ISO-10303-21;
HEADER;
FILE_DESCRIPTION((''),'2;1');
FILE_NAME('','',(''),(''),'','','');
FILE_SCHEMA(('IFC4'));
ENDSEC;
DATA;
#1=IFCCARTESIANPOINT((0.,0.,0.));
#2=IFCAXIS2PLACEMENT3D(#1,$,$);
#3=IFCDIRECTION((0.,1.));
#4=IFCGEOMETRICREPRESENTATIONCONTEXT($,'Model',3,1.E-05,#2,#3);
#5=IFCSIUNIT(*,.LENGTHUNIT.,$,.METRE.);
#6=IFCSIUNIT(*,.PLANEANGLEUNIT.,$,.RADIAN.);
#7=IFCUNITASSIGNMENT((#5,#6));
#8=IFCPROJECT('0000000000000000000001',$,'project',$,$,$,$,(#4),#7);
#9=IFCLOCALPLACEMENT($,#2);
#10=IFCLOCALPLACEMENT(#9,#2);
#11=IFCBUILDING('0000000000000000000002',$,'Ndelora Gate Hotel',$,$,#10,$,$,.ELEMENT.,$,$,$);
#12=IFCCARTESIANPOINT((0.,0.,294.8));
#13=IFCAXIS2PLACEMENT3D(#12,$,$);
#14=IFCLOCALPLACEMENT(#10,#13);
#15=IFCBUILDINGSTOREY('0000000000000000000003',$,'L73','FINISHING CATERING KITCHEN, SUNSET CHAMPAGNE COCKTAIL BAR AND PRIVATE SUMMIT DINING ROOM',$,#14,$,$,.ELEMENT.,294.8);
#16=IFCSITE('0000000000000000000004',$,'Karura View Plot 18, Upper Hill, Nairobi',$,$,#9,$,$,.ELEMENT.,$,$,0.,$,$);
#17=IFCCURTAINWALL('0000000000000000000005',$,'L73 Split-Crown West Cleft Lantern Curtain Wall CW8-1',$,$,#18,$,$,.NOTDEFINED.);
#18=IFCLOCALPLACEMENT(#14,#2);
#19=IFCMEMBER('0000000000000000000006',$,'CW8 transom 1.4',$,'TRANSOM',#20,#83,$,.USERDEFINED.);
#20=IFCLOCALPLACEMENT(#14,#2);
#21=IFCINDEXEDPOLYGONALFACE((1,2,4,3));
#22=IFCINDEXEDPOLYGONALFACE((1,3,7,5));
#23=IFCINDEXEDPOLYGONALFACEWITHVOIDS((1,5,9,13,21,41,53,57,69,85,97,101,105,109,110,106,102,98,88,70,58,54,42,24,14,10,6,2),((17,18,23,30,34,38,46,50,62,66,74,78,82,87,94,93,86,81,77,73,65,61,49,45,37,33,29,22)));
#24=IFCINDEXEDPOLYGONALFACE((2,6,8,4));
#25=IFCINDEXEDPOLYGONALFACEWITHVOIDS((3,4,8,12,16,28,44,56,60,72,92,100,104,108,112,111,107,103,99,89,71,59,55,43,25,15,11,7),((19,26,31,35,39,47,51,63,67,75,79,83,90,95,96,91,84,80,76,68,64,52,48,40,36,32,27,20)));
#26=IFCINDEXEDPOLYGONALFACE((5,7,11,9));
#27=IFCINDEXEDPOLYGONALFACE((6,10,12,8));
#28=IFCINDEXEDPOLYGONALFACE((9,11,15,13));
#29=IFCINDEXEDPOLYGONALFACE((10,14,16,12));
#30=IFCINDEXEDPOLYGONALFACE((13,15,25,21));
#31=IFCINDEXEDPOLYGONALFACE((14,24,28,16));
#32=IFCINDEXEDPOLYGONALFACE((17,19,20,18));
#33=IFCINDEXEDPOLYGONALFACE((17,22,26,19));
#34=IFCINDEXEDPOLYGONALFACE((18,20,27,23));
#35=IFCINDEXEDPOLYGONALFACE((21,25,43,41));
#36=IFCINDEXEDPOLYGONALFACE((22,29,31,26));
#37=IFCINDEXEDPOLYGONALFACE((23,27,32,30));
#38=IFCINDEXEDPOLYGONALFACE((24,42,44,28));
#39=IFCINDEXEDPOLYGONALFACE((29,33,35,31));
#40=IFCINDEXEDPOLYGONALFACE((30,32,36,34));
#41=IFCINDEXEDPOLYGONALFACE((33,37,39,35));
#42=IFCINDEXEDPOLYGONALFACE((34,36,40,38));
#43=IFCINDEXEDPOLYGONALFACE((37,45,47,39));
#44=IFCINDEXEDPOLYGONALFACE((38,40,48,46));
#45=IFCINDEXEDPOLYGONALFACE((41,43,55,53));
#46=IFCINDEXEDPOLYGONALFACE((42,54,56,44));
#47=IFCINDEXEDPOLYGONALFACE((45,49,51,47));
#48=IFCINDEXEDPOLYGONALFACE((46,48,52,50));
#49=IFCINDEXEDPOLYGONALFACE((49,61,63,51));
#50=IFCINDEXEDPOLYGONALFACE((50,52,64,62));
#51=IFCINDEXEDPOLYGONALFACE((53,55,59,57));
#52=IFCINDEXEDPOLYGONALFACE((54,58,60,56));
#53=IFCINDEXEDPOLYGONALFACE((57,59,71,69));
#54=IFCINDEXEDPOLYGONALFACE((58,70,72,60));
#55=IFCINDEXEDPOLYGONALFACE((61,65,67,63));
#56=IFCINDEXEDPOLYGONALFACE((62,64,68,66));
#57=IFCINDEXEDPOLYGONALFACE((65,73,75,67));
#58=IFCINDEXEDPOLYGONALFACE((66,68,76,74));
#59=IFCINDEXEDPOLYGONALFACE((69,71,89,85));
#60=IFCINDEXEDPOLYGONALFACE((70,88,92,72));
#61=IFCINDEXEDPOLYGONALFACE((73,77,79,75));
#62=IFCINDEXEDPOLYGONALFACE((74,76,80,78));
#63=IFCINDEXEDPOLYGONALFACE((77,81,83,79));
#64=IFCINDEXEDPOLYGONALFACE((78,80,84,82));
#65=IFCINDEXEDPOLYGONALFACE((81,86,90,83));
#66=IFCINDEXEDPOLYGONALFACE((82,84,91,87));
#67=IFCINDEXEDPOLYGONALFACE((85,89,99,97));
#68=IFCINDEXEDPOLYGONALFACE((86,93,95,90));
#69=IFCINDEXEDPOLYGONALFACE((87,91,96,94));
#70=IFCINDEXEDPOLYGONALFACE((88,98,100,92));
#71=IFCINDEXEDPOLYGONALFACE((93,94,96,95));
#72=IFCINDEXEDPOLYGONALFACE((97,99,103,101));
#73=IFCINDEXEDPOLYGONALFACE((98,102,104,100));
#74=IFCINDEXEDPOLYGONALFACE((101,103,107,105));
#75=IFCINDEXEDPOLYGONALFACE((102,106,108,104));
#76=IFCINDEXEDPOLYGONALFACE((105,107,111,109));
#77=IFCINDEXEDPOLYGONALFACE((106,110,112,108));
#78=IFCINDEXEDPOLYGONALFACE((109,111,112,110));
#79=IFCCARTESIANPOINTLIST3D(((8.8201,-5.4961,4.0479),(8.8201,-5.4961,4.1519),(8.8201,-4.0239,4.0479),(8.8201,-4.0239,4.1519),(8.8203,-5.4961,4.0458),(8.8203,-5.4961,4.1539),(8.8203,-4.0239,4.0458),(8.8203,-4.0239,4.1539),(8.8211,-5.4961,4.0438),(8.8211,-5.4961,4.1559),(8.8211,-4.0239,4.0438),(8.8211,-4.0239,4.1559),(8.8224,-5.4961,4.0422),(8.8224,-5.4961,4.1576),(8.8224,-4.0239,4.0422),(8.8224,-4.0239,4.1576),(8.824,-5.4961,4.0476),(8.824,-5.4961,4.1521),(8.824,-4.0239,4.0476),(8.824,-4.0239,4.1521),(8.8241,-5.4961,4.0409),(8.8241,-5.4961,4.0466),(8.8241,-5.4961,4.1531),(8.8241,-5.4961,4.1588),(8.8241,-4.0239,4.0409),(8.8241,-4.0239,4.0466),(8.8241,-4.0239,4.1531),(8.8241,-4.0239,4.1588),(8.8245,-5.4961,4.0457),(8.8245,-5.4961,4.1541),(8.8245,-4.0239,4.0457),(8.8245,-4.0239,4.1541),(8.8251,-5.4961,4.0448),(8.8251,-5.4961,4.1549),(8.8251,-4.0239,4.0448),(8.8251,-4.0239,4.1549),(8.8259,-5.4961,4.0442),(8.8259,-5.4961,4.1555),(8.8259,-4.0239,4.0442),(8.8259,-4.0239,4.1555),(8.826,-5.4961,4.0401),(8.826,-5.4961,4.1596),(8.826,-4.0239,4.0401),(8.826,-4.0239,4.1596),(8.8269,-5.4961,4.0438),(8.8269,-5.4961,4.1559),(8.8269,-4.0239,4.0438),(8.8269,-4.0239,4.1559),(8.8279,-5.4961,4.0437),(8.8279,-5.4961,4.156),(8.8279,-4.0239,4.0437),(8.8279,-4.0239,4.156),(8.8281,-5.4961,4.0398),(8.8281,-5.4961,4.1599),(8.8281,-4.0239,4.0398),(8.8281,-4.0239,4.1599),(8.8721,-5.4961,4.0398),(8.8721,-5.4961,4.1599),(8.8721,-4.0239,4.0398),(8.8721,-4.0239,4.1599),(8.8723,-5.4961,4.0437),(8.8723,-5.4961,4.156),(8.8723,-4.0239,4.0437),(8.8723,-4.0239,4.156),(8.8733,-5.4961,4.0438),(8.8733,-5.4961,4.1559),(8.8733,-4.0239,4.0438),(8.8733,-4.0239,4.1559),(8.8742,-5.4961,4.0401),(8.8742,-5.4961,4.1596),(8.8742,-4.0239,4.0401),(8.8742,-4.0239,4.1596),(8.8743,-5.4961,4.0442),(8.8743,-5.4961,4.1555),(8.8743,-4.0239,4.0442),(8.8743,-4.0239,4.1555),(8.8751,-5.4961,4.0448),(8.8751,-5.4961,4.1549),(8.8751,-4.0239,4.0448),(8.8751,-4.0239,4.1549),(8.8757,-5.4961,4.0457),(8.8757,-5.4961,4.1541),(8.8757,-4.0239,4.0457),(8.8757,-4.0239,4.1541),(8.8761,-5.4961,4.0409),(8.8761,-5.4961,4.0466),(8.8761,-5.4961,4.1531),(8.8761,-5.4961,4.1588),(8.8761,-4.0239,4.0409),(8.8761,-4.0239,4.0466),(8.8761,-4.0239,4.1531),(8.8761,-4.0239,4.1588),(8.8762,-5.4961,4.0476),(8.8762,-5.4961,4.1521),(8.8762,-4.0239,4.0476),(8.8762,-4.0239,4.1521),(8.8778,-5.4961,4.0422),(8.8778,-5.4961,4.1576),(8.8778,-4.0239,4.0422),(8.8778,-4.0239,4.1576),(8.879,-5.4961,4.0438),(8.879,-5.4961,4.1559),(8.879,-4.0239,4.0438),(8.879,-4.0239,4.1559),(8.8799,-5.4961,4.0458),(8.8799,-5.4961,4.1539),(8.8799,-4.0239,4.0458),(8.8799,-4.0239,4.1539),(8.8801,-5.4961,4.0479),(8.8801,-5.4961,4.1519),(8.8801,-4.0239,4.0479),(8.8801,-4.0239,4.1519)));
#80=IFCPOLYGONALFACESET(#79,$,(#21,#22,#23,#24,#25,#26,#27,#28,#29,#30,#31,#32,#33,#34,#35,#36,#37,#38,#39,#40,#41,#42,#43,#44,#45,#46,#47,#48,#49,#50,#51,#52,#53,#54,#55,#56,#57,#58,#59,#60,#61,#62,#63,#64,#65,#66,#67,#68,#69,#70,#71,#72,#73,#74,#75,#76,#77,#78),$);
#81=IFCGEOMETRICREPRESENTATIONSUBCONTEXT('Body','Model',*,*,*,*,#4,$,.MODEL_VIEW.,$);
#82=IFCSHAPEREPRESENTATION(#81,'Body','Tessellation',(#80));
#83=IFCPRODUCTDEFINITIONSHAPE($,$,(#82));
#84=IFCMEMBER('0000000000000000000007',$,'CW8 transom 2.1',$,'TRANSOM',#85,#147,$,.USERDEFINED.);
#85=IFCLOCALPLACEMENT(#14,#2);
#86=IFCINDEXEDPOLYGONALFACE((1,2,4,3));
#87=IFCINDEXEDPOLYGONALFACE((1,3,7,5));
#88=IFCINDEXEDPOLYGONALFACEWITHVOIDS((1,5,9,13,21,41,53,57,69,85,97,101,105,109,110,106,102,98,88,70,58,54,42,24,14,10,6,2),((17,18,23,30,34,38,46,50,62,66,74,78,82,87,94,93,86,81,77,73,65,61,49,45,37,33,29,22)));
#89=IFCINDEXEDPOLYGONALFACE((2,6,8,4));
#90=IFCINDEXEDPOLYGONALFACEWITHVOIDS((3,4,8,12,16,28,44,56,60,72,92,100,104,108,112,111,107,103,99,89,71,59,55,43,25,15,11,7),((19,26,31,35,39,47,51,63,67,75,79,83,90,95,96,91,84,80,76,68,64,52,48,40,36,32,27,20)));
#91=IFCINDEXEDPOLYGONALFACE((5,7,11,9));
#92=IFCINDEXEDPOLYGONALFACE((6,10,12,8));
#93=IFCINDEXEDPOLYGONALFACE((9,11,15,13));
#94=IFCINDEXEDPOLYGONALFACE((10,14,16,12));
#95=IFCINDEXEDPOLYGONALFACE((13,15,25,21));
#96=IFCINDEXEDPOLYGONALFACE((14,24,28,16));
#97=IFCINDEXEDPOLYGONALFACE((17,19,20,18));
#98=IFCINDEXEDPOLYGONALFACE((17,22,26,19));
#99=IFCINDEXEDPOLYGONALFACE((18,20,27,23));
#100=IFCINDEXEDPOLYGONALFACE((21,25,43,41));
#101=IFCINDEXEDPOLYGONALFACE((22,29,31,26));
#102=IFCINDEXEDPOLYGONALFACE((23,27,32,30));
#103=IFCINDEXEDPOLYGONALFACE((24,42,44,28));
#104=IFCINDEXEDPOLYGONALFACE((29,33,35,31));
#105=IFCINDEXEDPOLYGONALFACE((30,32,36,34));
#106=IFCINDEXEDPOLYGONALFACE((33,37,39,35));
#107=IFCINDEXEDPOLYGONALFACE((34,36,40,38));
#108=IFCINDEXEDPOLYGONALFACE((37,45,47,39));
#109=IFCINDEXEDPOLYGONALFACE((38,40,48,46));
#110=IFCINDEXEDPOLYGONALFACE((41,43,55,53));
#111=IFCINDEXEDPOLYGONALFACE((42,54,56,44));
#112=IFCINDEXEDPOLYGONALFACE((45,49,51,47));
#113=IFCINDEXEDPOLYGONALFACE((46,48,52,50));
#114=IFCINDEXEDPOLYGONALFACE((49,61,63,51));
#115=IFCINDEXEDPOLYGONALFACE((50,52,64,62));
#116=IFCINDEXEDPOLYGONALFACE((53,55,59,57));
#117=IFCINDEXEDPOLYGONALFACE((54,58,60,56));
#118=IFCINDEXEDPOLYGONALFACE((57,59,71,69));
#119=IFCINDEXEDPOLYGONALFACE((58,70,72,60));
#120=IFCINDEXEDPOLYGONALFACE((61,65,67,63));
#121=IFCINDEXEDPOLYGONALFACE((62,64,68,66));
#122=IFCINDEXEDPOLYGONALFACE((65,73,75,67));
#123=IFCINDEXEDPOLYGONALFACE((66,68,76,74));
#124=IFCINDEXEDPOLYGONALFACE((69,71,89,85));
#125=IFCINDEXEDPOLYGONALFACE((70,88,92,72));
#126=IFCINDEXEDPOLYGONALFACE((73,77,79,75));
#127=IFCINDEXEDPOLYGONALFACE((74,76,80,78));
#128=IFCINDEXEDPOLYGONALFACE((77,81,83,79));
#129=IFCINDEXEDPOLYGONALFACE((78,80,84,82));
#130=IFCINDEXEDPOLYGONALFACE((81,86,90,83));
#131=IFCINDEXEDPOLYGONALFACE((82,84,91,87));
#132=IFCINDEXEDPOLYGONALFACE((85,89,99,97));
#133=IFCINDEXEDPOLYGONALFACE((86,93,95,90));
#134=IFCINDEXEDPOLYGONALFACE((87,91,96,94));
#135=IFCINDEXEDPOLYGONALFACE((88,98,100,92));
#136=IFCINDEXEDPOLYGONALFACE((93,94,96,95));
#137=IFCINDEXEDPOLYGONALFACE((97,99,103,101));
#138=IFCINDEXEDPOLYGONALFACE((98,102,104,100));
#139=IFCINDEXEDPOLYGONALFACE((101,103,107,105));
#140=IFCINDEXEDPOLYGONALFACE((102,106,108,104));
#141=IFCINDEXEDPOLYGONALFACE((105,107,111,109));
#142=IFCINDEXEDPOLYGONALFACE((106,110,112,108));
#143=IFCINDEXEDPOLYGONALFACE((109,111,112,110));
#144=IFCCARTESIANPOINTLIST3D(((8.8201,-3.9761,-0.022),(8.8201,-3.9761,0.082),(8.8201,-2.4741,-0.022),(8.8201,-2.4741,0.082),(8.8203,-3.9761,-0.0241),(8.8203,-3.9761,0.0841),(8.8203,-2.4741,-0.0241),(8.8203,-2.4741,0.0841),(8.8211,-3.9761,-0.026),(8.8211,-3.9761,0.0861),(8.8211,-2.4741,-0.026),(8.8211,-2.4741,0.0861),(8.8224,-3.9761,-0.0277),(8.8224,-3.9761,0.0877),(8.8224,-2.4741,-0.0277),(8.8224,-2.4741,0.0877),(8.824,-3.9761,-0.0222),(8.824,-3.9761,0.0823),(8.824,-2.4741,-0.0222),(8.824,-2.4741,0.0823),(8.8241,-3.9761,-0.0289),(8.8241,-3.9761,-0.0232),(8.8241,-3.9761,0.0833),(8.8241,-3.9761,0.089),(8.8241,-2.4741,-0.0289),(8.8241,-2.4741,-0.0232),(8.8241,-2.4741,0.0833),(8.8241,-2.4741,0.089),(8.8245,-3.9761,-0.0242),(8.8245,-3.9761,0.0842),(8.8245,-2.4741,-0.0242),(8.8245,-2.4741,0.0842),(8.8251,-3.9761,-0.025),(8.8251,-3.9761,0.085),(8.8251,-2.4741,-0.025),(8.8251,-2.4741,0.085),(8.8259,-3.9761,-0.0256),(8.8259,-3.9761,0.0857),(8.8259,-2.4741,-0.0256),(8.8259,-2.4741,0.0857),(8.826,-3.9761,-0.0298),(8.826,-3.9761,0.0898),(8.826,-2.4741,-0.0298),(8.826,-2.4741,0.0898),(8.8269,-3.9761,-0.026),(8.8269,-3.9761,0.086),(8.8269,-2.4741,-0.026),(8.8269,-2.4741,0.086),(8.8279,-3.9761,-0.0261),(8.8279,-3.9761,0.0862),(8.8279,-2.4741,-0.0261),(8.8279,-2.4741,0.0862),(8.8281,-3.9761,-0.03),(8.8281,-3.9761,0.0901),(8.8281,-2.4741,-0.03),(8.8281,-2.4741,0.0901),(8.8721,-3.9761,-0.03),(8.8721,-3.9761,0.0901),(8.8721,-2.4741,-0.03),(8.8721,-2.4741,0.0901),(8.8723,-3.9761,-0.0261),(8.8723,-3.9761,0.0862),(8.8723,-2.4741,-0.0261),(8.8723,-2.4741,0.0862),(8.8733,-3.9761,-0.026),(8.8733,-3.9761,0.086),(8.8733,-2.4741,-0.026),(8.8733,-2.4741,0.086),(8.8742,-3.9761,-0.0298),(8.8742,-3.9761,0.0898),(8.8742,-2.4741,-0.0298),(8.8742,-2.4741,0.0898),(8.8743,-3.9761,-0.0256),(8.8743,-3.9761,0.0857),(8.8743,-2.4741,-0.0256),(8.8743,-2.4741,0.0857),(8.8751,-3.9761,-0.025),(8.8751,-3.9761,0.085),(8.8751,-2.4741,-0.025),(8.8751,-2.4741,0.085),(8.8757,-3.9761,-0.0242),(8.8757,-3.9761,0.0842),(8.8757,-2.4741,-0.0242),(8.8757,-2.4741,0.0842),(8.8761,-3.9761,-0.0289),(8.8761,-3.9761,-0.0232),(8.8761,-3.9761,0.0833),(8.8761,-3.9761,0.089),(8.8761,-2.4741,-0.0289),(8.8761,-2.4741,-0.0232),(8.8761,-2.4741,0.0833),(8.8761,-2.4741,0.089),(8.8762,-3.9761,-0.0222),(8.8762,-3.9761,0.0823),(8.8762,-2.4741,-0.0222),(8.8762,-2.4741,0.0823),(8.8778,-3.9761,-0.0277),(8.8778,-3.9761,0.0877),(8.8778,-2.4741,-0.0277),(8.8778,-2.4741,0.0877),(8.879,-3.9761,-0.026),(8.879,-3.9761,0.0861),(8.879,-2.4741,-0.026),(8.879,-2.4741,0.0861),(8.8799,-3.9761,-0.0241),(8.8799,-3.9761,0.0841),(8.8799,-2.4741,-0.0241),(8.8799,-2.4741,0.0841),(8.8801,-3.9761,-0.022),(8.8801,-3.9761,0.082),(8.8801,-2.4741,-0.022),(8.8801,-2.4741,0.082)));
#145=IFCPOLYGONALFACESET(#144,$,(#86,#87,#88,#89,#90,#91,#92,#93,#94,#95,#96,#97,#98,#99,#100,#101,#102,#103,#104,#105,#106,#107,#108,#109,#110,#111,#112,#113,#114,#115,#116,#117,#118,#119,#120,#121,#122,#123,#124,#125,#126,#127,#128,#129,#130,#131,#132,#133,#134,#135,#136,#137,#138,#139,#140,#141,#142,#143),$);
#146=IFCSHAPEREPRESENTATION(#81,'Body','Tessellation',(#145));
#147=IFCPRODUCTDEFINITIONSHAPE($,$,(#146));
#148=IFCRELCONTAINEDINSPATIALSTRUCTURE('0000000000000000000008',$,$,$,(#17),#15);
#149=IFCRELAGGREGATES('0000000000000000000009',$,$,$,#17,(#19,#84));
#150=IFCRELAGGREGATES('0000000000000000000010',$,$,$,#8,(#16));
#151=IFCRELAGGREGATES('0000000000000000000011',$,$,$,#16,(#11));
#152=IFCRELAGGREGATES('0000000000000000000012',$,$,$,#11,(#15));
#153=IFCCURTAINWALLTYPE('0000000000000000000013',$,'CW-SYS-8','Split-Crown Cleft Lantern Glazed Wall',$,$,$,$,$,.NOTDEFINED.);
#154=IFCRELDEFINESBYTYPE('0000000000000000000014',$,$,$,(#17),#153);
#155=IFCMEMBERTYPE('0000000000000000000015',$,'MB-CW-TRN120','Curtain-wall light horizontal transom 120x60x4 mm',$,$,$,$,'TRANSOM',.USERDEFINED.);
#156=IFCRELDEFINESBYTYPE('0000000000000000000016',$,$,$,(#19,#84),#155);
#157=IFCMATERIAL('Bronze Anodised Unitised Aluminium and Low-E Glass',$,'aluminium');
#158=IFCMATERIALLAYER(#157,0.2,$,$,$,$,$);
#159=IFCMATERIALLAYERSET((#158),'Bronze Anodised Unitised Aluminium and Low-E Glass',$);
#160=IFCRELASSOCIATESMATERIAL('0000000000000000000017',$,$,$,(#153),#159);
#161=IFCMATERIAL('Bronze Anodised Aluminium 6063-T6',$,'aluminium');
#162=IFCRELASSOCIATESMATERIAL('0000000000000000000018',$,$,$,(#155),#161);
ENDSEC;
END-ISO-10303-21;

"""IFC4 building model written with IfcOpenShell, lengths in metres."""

from ifc_helpers import new_model, si_unit, direction, frame, origin, origin_2d, place, context, subcontext, project, spatial, hollow_rectangle, extrude, material, layer, layer_set, material_profile, profile_set, type_object, element, aggregate, save


model = new_model("IFC4")

# Units and contexts
model_context = context("Model", 3, precision=1e-05, world=origin(), true_north=direction((0.0, 1.0)))
body_context = subcontext(model_context, "Body", "Model", "MODEL_VIEW")
ifc_project = project(units=[si_unit("LENGTHUNIT", "METRE"), si_unit("PLANEANGLEUNIT", "RADIAN")], contexts=[model_context])

# Site, building, storey
site_placement = place(None, origin())
site = spatial("IfcSite", under=ifc_project, at=site_placement, Name="Karura View Plot 18, Upper Hill, Nairobi", CompositionType="ELEMENT", RefElevation=0.0)
building_placement = place(site_placement, origin())
building = spatial("IfcBuilding", under=site, at=building_placement, Name="Ndelora Gate Hotel", CompositionType="ELEMENT")
storey_placement = place(building_placement, frame((0.0, 0.0, 294.8)))
storey = spatial("IfcBuildingStorey", under=building, at=storey_placement, Name="L73", Description="FINISHING CATERING KITCHEN, SUNSET CHAMPAGNE COCKTAIL BAR AND PRIVATE SUMMIT DINING ROOM", CompositionType="ELEMENT", Elevation=294.8)

# Curtain wall, members
ifc_material_1 = material(Name="Bronze Anodised Unitised Aluminium and Low-E Glass", Category="aluminium")
ifc_layer_1 = layer(ifc_material_1, 0.2)
ifc_layer_set_1 = layer_set([ifc_layer_1], Name="Bronze Anodised Unitised Aluminium and Low-E Glass")
curtain_wall_type = type_object("IfcCurtainWallType", Name="CW-SYS-8", Description="Split-Crown Cleft Lantern Glazed Wall", PredefinedType="NOTDEFINED", material=ifc_layer_set_1)
curtain_wall_placement = place(storey_placement, origin())
curtain_wall = element("IfcCurtainWall", 1, at=curtain_wall_placement, inside=storey, type_object=curtain_wall_type, Name="L73 Split-Crown West Cleft Lantern Curtain Wall CW8-1", PredefinedType="NOTDEFINED")
ifc_material_2 = material(Name="Bronze Anodised Aluminium 6063-T6", Category="aluminium")
ifc_material_profile_1 = material_profile(ifc_material_2, hollow_rectangle(XDim=0.0601, YDim=0.1201, WallThickness=0.0039, InnerFilletRadius=0.0039, OuterFilletRadius=0.0081, at=origin_2d()), Name="ALU 120x60x4")
ifc_profile_set_1 = profile_set([ifc_material_profile_1], Name="Bronze Anodised Aluminium 6063-T6")
member_type_1 = type_object("IfcMemberType", Name="MB-CW-TRN120", Description="Curtain-wall light horizontal transom 120x60x4 mm", ElementType="TRANSOM", PredefinedType="USERDEFINED", material=ifc_profile_set_1)
member_1_placement = place(storey_placement, frame((8.8501, -5.4961, 4.0999), z_axis=(0.0, 1.0, 0.0), x_axis=(-1.0, 0.0, 0.0)))
member_1 = element("IfcMember", 2, at=member_1_placement, type_object=member_type_1, Name="CW8 transom 1.4", ObjectType="TRANSOM", PredefinedType="USERDEFINED", context=body_context, shape_type="SweptSolid", body=[
    extrude(hollow_rectangle(XDim=0.0601, YDim=0.1201, WallThickness=0.0039, InnerFilletRadius=0.0039, OuterFilletRadius=0.0081, at=origin_2d()), origin(), (0.0, 0.0, 1.0), 1.4722),
])
member_2_placement = place(storey_placement, frame((8.8501, -3.9761, 0.03), z_axis=(0.0, 1.0, 0.0), x_axis=(-1.0, 0.0, 0.0)))
member_2 = element("IfcMember", 3, at=member_2_placement, type_object=member_type_1, Name="CW8 transom 2.1", ObjectType="TRANSOM", PredefinedType="USERDEFINED", context=body_context, shape_type="SweptSolid", body=[
    extrude(hollow_rectangle(XDim=0.0601, YDim=0.1201, WallThickness=0.0039, InnerFilletRadius=0.0039, OuterFilletRadius=0.0081, at=origin_2d()), origin(), (0.0, 0.0, 1.0), 1.502),
])
aggregate(curtain_wall, [member_1, member_2])

save(model, "model.ifc")
